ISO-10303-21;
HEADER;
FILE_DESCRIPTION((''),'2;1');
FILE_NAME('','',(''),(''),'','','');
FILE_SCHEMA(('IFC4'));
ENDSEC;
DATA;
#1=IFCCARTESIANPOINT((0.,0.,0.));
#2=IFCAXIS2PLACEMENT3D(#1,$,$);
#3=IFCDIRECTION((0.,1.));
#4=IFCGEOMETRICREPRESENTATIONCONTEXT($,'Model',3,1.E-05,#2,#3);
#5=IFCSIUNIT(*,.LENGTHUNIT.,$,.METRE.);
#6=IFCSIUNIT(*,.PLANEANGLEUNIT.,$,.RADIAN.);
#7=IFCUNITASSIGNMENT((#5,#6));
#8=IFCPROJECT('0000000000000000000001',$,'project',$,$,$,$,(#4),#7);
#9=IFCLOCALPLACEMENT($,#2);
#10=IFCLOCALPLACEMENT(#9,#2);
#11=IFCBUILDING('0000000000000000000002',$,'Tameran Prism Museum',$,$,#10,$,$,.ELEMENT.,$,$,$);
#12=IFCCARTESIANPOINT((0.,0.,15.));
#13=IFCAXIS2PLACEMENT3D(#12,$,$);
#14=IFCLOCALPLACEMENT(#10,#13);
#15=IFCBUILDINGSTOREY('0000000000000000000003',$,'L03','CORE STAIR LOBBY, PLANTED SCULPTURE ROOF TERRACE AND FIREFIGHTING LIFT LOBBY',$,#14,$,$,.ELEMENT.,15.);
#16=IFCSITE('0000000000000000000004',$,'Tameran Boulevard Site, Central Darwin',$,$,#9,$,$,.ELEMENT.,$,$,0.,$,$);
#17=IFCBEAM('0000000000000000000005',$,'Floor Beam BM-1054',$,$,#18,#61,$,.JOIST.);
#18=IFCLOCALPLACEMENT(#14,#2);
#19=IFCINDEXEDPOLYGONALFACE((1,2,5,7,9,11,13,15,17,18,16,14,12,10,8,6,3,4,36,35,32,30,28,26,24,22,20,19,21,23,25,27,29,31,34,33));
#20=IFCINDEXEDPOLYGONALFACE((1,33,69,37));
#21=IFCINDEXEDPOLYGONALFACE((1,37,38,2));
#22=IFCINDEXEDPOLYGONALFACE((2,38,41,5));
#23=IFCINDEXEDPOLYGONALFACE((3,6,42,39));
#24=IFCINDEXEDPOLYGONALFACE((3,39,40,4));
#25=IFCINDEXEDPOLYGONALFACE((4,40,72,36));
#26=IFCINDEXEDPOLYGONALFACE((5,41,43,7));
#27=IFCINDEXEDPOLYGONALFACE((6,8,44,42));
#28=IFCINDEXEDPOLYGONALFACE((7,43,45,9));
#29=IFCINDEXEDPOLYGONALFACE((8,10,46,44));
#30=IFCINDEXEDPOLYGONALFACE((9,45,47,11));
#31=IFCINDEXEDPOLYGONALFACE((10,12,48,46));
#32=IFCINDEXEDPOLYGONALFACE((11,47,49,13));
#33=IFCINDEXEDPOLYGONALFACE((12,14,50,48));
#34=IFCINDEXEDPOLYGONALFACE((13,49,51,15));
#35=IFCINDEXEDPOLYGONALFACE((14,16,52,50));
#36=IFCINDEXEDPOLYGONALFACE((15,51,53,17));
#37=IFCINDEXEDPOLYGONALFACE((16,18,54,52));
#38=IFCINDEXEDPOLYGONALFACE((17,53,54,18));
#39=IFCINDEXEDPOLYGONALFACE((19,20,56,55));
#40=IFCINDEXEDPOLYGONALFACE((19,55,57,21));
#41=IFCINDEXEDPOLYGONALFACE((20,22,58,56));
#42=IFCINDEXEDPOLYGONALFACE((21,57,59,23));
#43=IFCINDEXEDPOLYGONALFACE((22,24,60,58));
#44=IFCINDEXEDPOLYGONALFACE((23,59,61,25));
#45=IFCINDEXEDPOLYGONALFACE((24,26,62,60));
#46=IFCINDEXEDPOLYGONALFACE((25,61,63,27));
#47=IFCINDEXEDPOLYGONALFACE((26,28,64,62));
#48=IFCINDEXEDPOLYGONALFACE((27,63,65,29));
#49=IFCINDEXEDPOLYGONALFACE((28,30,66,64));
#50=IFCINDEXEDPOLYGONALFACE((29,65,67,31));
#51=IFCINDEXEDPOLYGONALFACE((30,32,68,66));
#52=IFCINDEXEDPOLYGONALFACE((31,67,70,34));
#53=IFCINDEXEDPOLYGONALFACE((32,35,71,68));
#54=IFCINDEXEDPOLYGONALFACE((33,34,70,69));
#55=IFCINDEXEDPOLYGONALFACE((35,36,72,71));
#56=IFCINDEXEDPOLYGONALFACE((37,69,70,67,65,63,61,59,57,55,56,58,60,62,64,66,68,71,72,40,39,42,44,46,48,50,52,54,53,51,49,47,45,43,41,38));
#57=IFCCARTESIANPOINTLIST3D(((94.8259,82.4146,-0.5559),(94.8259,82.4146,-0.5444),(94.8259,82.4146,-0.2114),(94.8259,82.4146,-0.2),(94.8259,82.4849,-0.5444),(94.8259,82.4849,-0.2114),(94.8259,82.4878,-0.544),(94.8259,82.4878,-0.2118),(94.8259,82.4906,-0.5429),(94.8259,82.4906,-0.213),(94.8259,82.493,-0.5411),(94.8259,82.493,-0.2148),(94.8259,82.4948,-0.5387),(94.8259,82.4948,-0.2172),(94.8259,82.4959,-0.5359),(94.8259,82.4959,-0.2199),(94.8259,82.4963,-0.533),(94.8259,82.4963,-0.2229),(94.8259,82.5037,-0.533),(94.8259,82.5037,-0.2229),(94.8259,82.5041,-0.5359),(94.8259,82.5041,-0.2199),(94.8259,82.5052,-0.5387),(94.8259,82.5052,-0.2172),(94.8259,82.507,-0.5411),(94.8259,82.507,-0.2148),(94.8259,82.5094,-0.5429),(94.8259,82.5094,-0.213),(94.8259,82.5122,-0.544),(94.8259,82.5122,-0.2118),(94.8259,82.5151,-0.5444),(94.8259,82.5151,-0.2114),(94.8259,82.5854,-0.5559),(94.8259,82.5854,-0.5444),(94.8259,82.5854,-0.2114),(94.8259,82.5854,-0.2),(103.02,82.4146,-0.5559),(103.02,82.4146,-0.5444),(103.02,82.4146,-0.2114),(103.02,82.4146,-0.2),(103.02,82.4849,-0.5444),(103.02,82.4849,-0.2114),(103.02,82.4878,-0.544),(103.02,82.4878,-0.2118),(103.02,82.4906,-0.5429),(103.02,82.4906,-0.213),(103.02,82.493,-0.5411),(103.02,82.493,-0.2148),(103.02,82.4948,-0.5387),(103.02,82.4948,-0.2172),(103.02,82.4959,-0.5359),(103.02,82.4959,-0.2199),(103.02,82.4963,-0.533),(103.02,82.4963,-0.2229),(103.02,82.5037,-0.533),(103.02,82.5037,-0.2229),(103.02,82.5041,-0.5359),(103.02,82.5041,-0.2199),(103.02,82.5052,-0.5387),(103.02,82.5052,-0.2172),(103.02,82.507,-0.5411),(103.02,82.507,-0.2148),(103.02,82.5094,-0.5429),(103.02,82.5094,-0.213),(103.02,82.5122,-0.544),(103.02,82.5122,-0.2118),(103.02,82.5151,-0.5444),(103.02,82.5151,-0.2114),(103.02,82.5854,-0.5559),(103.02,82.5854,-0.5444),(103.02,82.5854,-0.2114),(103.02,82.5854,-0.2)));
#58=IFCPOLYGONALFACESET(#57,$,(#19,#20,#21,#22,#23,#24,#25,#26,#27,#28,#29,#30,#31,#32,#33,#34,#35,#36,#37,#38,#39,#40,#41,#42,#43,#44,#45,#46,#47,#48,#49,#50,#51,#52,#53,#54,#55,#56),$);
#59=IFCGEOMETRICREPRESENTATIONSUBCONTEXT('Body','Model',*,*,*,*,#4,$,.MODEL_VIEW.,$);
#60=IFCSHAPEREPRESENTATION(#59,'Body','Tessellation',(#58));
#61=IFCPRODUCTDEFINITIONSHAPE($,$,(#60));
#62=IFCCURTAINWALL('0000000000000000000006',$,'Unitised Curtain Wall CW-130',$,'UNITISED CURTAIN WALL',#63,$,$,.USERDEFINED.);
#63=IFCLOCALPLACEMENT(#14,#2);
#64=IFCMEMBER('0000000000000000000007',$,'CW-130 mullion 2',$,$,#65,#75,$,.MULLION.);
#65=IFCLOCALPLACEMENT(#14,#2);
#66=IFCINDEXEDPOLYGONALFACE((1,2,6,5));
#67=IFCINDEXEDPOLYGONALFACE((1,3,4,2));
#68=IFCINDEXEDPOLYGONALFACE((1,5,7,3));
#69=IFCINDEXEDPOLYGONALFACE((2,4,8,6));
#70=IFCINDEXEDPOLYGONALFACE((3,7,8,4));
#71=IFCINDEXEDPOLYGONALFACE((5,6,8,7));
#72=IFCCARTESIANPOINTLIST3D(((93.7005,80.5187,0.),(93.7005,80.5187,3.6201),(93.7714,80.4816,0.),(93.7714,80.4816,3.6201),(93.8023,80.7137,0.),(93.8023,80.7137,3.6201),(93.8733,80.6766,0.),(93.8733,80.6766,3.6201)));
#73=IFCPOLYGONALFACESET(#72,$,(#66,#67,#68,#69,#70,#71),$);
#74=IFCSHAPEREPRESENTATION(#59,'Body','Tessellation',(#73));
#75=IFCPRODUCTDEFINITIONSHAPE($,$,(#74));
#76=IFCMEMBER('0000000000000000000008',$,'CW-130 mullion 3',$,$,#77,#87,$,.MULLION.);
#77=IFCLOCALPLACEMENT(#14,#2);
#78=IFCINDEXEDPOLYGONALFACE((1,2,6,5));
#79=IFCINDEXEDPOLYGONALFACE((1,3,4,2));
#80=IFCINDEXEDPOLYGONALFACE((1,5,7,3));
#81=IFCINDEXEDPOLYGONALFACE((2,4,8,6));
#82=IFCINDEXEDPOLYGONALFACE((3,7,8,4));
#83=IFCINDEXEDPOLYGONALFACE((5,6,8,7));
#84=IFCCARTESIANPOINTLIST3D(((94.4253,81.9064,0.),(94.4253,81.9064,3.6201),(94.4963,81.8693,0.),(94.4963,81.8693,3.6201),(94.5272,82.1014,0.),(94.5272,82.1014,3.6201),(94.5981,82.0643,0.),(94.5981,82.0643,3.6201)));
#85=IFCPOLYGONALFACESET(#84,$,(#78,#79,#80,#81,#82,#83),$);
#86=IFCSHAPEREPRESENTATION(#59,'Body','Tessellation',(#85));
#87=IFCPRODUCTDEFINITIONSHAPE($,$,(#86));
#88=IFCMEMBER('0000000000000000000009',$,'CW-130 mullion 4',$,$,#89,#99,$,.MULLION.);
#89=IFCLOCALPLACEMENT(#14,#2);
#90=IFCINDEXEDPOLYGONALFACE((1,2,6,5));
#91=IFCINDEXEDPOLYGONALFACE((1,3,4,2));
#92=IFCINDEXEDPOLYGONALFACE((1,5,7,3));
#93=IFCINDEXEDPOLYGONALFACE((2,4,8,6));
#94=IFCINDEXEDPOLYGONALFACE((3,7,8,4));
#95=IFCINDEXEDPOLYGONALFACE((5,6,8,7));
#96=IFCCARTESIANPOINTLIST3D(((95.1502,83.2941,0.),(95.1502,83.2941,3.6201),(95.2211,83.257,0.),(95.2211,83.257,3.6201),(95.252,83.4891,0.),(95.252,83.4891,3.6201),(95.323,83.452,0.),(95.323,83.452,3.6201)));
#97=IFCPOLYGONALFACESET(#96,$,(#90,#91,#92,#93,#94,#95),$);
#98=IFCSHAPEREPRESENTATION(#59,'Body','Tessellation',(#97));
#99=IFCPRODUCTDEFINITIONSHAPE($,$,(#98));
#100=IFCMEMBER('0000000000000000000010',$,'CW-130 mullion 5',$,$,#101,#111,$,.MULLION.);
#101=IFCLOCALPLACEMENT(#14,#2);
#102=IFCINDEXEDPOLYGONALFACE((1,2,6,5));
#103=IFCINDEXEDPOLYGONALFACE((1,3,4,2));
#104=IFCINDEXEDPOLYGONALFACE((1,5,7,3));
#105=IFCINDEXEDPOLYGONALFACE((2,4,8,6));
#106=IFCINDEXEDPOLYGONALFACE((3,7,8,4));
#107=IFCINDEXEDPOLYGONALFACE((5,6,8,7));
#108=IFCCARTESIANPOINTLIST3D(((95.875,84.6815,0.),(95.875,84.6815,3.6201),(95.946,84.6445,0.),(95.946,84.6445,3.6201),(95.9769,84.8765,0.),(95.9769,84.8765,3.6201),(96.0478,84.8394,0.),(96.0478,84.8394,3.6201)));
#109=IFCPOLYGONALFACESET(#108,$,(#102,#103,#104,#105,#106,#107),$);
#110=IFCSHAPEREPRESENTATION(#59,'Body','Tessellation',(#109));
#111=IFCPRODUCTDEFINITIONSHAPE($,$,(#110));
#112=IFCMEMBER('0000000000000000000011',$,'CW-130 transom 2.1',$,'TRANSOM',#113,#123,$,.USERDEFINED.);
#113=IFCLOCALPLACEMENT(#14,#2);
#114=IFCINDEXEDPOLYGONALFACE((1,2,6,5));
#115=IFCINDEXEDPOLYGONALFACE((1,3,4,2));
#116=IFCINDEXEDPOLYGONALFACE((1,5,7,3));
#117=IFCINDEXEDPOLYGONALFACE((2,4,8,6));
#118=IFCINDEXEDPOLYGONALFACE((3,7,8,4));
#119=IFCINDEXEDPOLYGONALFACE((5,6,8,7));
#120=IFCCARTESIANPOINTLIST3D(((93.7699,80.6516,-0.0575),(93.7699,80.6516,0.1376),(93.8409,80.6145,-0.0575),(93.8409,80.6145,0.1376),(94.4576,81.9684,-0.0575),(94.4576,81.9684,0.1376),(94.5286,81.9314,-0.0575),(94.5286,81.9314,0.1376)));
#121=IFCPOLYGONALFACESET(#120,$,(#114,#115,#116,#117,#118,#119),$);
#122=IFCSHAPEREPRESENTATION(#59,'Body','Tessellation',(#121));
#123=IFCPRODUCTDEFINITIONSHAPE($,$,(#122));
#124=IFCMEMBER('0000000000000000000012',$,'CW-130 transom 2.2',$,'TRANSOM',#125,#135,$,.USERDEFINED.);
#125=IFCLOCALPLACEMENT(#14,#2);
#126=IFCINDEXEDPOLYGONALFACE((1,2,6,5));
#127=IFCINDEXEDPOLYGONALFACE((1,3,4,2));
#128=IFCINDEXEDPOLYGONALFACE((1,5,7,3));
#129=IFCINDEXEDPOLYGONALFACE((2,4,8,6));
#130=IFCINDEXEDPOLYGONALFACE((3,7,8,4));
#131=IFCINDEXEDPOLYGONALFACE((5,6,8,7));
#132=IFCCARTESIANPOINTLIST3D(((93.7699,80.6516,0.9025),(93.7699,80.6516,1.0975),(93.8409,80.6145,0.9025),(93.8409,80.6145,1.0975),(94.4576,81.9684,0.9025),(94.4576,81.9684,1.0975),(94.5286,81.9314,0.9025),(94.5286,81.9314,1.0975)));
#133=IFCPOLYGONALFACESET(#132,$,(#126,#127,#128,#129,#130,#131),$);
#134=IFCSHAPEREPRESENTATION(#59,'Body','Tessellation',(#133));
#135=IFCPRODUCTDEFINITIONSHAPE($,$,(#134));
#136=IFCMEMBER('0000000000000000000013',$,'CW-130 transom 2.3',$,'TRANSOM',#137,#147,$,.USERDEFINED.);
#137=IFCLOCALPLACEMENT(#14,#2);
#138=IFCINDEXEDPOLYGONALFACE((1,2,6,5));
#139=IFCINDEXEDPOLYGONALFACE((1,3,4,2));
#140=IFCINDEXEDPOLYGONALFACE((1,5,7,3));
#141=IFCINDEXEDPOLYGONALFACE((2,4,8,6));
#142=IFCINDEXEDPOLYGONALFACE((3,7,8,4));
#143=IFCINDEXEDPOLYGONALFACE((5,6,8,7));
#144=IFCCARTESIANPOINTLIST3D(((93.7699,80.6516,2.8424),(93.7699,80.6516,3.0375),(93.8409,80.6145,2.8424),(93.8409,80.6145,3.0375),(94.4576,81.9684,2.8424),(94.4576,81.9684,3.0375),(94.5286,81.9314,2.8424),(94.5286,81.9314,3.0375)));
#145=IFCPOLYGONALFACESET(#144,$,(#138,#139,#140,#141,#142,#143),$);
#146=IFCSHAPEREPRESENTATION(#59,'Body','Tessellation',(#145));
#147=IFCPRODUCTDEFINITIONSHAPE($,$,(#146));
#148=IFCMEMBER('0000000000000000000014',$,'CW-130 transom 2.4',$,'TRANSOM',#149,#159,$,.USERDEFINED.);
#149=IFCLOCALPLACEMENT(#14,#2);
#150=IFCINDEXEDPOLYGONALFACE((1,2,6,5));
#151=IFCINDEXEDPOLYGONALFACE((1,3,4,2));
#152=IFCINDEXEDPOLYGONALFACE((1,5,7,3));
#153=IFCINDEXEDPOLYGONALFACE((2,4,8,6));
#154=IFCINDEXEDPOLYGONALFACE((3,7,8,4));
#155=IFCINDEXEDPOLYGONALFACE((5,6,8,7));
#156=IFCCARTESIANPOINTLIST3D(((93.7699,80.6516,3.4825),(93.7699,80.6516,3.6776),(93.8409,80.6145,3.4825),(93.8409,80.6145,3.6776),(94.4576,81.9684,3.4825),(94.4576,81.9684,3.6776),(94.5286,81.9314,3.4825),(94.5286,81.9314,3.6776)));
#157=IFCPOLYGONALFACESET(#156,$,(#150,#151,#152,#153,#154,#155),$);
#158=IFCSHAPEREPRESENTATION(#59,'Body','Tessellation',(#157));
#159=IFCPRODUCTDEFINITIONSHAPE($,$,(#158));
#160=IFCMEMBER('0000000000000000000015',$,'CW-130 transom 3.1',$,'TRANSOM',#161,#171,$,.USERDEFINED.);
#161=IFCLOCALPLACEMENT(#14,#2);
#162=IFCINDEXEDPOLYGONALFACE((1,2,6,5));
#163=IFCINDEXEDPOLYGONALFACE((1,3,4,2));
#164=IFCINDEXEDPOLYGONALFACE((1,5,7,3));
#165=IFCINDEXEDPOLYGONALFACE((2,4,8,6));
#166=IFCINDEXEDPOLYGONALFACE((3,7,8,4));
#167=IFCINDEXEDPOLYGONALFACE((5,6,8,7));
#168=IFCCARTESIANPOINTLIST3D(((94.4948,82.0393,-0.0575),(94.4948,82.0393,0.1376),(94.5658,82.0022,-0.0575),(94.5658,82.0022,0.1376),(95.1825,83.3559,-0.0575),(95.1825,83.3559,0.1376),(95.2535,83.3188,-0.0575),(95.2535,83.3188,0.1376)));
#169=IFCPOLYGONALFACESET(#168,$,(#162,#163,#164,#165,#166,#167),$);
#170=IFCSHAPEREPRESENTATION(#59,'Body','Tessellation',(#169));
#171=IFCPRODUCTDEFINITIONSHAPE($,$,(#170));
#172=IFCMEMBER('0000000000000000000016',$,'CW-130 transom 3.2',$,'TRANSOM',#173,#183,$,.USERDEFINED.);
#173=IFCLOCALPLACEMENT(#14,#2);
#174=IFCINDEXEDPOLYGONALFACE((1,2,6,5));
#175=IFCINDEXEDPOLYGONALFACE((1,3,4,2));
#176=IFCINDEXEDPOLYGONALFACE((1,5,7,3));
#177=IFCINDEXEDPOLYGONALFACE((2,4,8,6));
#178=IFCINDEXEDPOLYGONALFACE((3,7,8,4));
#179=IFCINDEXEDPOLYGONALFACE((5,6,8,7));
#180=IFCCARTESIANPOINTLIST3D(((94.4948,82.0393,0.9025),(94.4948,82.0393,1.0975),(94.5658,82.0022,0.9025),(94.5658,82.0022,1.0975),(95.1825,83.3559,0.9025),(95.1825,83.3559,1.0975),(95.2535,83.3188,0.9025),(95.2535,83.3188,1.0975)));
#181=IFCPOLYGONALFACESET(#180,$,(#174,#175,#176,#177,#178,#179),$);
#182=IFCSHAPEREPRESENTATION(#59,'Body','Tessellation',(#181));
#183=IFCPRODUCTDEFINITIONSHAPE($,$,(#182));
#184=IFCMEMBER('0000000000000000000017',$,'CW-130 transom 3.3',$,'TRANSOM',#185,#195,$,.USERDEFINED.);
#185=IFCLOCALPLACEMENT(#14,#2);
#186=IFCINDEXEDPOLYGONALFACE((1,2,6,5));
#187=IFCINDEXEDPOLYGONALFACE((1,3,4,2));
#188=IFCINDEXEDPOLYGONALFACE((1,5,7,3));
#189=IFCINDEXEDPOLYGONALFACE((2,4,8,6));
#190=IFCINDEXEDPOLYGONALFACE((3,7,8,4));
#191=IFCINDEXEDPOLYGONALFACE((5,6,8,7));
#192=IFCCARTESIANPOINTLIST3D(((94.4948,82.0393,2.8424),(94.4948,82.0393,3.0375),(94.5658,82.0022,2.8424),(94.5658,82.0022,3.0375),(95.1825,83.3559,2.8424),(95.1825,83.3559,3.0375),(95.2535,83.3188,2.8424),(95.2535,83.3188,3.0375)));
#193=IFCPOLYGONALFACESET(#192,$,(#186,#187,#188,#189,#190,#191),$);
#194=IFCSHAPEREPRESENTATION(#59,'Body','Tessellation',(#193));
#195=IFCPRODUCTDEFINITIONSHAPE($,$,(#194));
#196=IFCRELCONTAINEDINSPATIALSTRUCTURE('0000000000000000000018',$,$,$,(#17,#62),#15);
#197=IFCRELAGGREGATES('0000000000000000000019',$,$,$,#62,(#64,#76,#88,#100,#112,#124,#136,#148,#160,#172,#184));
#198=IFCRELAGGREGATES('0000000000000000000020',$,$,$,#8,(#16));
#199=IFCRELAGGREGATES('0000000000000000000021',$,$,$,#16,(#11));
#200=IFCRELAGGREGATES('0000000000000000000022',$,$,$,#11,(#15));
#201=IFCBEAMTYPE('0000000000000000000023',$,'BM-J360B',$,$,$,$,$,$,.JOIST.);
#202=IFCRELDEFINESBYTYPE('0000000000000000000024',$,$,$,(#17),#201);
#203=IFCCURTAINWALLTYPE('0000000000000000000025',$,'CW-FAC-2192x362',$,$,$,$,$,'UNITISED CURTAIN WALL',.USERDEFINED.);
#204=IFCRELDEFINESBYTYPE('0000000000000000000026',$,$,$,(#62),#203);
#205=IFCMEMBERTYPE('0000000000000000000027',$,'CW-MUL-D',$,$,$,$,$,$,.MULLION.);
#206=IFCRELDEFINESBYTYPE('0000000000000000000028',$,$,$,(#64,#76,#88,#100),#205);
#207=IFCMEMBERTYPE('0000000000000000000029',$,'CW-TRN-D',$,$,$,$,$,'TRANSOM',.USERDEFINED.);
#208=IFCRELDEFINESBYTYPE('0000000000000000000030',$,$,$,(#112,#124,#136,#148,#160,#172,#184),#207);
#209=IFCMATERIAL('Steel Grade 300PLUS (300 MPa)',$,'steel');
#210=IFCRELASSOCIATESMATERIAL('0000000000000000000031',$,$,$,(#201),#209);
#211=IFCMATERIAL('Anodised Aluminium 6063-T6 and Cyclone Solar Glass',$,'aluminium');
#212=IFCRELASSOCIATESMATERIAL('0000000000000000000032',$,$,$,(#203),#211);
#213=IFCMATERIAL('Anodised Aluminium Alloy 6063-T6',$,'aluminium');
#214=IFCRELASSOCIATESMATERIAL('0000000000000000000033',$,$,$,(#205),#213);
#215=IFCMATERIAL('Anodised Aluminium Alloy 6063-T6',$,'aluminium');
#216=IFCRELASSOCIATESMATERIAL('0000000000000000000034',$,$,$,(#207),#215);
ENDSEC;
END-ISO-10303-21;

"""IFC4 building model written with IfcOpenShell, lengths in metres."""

from ifc_helpers import new_model, si_unit, direction, frame, origin, origin_2d, place, context, subcontext, project, spatial, rectangle, i_section, extrude, material, material_profile, profile_set, type_object, element, aggregate, save


model = new_model("IFC4")

# Units and contexts
model_context = context("Model", 3, precision=1e-05, world=origin(), true_north=direction((0.0, 1.0)))
body_context = subcontext(model_context, "Body", "Model", "MODEL_VIEW")
ifc_project = project(units=[si_unit("LENGTHUNIT", "METRE"), si_unit("PLANEANGLEUNIT", "RADIAN")], contexts=[model_context])

# Site, building, storey
site_placement = place(None, origin())
site = spatial("IfcSite", under=ifc_project, at=site_placement, Name="Tameran Boulevard Site, Central Darwin", CompositionType="ELEMENT", RefElevation=0.0)
building_placement = place(site_placement, origin())
building = spatial("IfcBuilding", under=site, at=building_placement, Name="Tameran Prism Museum", CompositionType="ELEMENT")
storey_placement = place(building_placement, frame((0.0, 0.0, 15.0)))
storey = spatial("IfcBuildingStorey", under=building, at=storey_placement, Name="L03", Description="CORE STAIR LOBBY, PLANTED SCULPTURE ROOF TERRACE AND FIREFIGHTING LIFT LOBBY", CompositionType="ELEMENT", Elevation=15.0)

# Beam
ifc_material_1 = material(Name="Steel Grade 300PLUS (300 MPa)", Category="steel")
ifc_material_profile_1 = material_profile(ifc_material_1, i_section(OverallWidth=0.1709, OverallDepth=0.356, WebThickness=0.0073, FlangeThickness=0.0115, FilletRadius=0.0115, at=origin_2d()))
ifc_profile_set_1 = profile_set([ifc_material_profile_1])
beam_type = type_object("IfcBeamType", Name="BM-J360B", PredefinedType="JOIST", material=ifc_profile_set_1)
beam_placement = place(storey_placement, frame((94.8259, 82.5, -0.3779), z_axis=(1.0, 0.0, 0.0), x_axis=(0.0, 1.0, 0.0)))
element("IfcBeam", 1, at=beam_placement, inside=storey, type_object=beam_type, Name="Floor Beam BM-1054", PredefinedType="JOIST", context=body_context, shape_type="SweptSolid", body=[
    extrude(i_section(OverallWidth=0.1709, OverallDepth=0.356, WebThickness=0.0073, FlangeThickness=0.0115, FilletRadius=0.0115, at=origin_2d()), origin(), (0.0, 0.0, 1.0), 8.1941),
])

# Curtain wall, members
ifc_material_2 = material(Name="Anodised Aluminium 6063-T6 and Cyclone Solar Glass", Category="aluminium")
curtain_wall_type = type_object("IfcCurtainWallType", Name="CW-FAC-2192x362", ElementType="UNITISED CURTAIN WALL", PredefinedType="USERDEFINED", material=ifc_material_2)
curtain_wall_placement = place(storey_placement, origin())
curtain_wall = element("IfcCurtainWall", 2, at=curtain_wall_placement, inside=storey, type_object=curtain_wall_type, Name="Unitised Curtain Wall CW-130", ObjectType="UNITISED CURTAIN WALL", PredefinedType="USERDEFINED")
ifc_material_3 = material(Name="Anodised Aluminium Alloy 6063-T6", Category="aluminium")
ifc_material_profile_2 = material_profile(ifc_material_3, rectangle(XDim=0.0801, YDim=0.22, at=origin_2d()))
ifc_profile_set_2 = profile_set([ifc_material_profile_2])
member_type_1 = type_object("IfcMemberType", Name="CW-MUL-D", PredefinedType="MULLION", material=ifc_profile_set_2)
member_1_placement = place(storey_placement, frame((93.7869, 80.5977, 0.0), z_axis=(0.0, 0.0, 1.0), x_axis=(-0.886357, 0.463003, 0.0)))
member_1 = element("IfcMember", 3, at=member_1_placement, type_object=member_type_1, Name="CW-130 mullion 2", PredefinedType="MULLION", context=body_context, shape_type="SweptSolid", body=[
    extrude(rectangle(XDim=0.0801, YDim=0.22, at=origin_2d()), origin(), (0.0, 0.0, 1.0), 3.6201),
])
member_2_placement = place(storey_placement, frame((94.5117, 81.9854, 0.0), z_axis=(0.0, 0.0, 1.0), x_axis=(-0.886357, 0.463003, 0.0)))
member_2 = element("IfcMember", 4, at=member_2_placement, type_object=member_type_1, Name="CW-130 mullion 3", PredefinedType="MULLION", context=body_context, shape_type="SweptSolid", body=[
    extrude(rectangle(XDim=0.0801, YDim=0.22, at=origin_2d()), origin(), (0.0, 0.0, 1.0), 3.6201),
])
member_3_placement = place(storey_placement, frame((95.2366, 83.373, 0.0), z_axis=(0.0, 0.0, 1.0), x_axis=(-0.886357, 0.463003, 0.0)))
member_3 = element("IfcMember", 5, at=member_3_placement, type_object=member_type_1, Name="CW-130 mullion 4", PredefinedType="MULLION", context=body_context, shape_type="SweptSolid", body=[
    extrude(rectangle(XDim=0.0801, YDim=0.22, at=origin_2d()), origin(), (0.0, 0.0, 1.0), 3.6201),
])
member_4_placement = place(storey_placement, frame((95.9614, 84.7605, 0.0), z_axis=(0.0, 0.0, 1.0), x_axis=(-0.886357, 0.463003, 0.0)))
member_4 = element("IfcMember", 6, at=member_4_placement, type_object=member_type_1, Name="CW-130 mullion 5", PredefinedType="MULLION", context=body_context, shape_type="SweptSolid", body=[
    extrude(rectangle(XDim=0.0801, YDim=0.22, at=origin_2d()), origin(), (0.0, 0.0, 1.0), 3.6201),
])
ifc_material_4 = material(Name="Anodised Aluminium Alloy 6063-T6", Category="aluminium")
ifc_material_profile_3 = material_profile(ifc_material_4, rectangle(XDim=0.0801, YDim=0.1951, at=origin_2d()))
ifc_profile_set_3 = profile_set([ifc_material_profile_3])
member_type_2 = type_object("IfcMemberType", Name="CW-TRN-D", ElementType="TRANSOM", PredefinedType="USERDEFINED", material=ifc_profile_set_3)
member_5_placement = place(storey_placement, frame((93.8054, 80.6331, 0.04), z_axis=(0.46292, 0.8864, 0.0), x_axis=(-0.8864, 0.46292, 0.0)))
member_5 = element("IfcMember", 7, at=member_5_placement, type_object=member_type_2, Name="CW-130 transom 2.1", ObjectType="TRANSOM", PredefinedType="USERDEFINED", context=body_context, shape_type="SweptSolid", body=[
    extrude(rectangle(XDim=0.0801, YDim=0.1951, at=origin_2d()), origin(), (0.0, 0.0, 1.0), 1.4856),
])
member_6_placement = place(storey_placement, frame((93.8054, 80.6331, 1.0), z_axis=(0.46292, 0.8864, 0.0), x_axis=(-0.8864, 0.46292, 0.0)))
member_6 = element("IfcMember", 8, at=member_6_placement, type_object=member_type_2, Name="CW-130 transom 2.2", ObjectType="TRANSOM", PredefinedType="USERDEFINED", context=body_context, shape_type="SweptSolid", body=[
    extrude(rectangle(XDim=0.0801, YDim=0.1951, at=origin_2d()), origin(), (0.0, 0.0, 1.0), 1.4856),
])
member_7_placement = place(storey_placement, frame((93.8054, 80.6331, 2.9399), z_axis=(0.46292, 0.8864, 0.0), x_axis=(-0.8864, 0.46292, 0.0)))
member_7 = element("IfcMember", 9, at=member_7_placement, type_object=member_type_2, Name="CW-130 transom 2.3", ObjectType="TRANSOM", PredefinedType="USERDEFINED", context=body_context, shape_type="SweptSolid", body=[
    extrude(rectangle(XDim=0.0801, YDim=0.1951, at=origin_2d()), origin(), (0.0, 0.0, 1.0), 1.4856),
])
member_8_placement = place(storey_placement, frame((93.8054, 80.6331, 3.5801), z_axis=(0.46292, 0.8864, 0.0), x_axis=(-0.8864, 0.46292, 0.0)))
member_8 = element("IfcMember", 10, at=member_8_placement, type_object=member_type_2, Name="CW-130 transom 2.4", ObjectType="TRANSOM", PredefinedType="USERDEFINED", context=body_context, shape_type="SweptSolid", body=[
    extrude(rectangle(XDim=0.0801, YDim=0.1951, at=origin_2d()), origin(), (0.0, 0.0, 1.0), 1.4856),
])
member_9_placement = place(storey_placement, frame((94.5303, 82.0208, 0.04), z_axis=(0.462987, 0.886365, 0.0), x_axis=(-0.886365, 0.462987, 0.0)))
member_9 = element("IfcMember", 11, at=member_9_placement, type_object=member_type_2, Name="CW-130 transom 3.1", ObjectType="TRANSOM", PredefinedType="USERDEFINED", context=body_context, shape_type="SweptSolid", body=[
    extrude(rectangle(XDim=0.0801, YDim=0.1951, at=origin_2d()), origin(), (0.0, 0.0, 1.0), 1.4854),
])
member_10_placement = place(storey_placement, frame((94.5303, 82.0208, 1.0), z_axis=(0.462987, 0.886365, 0.0), x_axis=(-0.886365, 0.462987, 0.0)))
member_10 = element("IfcMember", 12, at=member_10_placement, type_object=member_type_2, Name="CW-130 transom 3.2", ObjectType="TRANSOM", PredefinedType="USERDEFINED", context=body_context, shape_type="SweptSolid", body=[
    extrude(rectangle(XDim=0.0801, YDim=0.1951, at=origin_2d()), origin(), (0.0, 0.0, 1.0), 1.4854),
])
member_11_placement = place(storey_placement, frame((94.5303, 82.0208, 2.9399), z_axis=(0.462987, 0.886365, 0.0), x_axis=(-0.886365, 0.462987, 0.0)))
member_11 = element("IfcMember", 13, at=member_11_placement, type_object=member_type_2, Name="CW-130 transom 3.3", ObjectType="TRANSOM", PredefinedType="USERDEFINED", context=body_context, shape_type="SweptSolid", body=[
    extrude(rectangle(XDim=0.0801, YDim=0.1951, at=origin_2d()), origin(), (0.0, 0.0, 1.0), 1.4854),
])
aggregate(curtain_wall, [member_1, member_2, member_3, member_4, member_5, member_6, member_7, member_8, member_9, member_10, member_11])

save(model, "model.ifc")
